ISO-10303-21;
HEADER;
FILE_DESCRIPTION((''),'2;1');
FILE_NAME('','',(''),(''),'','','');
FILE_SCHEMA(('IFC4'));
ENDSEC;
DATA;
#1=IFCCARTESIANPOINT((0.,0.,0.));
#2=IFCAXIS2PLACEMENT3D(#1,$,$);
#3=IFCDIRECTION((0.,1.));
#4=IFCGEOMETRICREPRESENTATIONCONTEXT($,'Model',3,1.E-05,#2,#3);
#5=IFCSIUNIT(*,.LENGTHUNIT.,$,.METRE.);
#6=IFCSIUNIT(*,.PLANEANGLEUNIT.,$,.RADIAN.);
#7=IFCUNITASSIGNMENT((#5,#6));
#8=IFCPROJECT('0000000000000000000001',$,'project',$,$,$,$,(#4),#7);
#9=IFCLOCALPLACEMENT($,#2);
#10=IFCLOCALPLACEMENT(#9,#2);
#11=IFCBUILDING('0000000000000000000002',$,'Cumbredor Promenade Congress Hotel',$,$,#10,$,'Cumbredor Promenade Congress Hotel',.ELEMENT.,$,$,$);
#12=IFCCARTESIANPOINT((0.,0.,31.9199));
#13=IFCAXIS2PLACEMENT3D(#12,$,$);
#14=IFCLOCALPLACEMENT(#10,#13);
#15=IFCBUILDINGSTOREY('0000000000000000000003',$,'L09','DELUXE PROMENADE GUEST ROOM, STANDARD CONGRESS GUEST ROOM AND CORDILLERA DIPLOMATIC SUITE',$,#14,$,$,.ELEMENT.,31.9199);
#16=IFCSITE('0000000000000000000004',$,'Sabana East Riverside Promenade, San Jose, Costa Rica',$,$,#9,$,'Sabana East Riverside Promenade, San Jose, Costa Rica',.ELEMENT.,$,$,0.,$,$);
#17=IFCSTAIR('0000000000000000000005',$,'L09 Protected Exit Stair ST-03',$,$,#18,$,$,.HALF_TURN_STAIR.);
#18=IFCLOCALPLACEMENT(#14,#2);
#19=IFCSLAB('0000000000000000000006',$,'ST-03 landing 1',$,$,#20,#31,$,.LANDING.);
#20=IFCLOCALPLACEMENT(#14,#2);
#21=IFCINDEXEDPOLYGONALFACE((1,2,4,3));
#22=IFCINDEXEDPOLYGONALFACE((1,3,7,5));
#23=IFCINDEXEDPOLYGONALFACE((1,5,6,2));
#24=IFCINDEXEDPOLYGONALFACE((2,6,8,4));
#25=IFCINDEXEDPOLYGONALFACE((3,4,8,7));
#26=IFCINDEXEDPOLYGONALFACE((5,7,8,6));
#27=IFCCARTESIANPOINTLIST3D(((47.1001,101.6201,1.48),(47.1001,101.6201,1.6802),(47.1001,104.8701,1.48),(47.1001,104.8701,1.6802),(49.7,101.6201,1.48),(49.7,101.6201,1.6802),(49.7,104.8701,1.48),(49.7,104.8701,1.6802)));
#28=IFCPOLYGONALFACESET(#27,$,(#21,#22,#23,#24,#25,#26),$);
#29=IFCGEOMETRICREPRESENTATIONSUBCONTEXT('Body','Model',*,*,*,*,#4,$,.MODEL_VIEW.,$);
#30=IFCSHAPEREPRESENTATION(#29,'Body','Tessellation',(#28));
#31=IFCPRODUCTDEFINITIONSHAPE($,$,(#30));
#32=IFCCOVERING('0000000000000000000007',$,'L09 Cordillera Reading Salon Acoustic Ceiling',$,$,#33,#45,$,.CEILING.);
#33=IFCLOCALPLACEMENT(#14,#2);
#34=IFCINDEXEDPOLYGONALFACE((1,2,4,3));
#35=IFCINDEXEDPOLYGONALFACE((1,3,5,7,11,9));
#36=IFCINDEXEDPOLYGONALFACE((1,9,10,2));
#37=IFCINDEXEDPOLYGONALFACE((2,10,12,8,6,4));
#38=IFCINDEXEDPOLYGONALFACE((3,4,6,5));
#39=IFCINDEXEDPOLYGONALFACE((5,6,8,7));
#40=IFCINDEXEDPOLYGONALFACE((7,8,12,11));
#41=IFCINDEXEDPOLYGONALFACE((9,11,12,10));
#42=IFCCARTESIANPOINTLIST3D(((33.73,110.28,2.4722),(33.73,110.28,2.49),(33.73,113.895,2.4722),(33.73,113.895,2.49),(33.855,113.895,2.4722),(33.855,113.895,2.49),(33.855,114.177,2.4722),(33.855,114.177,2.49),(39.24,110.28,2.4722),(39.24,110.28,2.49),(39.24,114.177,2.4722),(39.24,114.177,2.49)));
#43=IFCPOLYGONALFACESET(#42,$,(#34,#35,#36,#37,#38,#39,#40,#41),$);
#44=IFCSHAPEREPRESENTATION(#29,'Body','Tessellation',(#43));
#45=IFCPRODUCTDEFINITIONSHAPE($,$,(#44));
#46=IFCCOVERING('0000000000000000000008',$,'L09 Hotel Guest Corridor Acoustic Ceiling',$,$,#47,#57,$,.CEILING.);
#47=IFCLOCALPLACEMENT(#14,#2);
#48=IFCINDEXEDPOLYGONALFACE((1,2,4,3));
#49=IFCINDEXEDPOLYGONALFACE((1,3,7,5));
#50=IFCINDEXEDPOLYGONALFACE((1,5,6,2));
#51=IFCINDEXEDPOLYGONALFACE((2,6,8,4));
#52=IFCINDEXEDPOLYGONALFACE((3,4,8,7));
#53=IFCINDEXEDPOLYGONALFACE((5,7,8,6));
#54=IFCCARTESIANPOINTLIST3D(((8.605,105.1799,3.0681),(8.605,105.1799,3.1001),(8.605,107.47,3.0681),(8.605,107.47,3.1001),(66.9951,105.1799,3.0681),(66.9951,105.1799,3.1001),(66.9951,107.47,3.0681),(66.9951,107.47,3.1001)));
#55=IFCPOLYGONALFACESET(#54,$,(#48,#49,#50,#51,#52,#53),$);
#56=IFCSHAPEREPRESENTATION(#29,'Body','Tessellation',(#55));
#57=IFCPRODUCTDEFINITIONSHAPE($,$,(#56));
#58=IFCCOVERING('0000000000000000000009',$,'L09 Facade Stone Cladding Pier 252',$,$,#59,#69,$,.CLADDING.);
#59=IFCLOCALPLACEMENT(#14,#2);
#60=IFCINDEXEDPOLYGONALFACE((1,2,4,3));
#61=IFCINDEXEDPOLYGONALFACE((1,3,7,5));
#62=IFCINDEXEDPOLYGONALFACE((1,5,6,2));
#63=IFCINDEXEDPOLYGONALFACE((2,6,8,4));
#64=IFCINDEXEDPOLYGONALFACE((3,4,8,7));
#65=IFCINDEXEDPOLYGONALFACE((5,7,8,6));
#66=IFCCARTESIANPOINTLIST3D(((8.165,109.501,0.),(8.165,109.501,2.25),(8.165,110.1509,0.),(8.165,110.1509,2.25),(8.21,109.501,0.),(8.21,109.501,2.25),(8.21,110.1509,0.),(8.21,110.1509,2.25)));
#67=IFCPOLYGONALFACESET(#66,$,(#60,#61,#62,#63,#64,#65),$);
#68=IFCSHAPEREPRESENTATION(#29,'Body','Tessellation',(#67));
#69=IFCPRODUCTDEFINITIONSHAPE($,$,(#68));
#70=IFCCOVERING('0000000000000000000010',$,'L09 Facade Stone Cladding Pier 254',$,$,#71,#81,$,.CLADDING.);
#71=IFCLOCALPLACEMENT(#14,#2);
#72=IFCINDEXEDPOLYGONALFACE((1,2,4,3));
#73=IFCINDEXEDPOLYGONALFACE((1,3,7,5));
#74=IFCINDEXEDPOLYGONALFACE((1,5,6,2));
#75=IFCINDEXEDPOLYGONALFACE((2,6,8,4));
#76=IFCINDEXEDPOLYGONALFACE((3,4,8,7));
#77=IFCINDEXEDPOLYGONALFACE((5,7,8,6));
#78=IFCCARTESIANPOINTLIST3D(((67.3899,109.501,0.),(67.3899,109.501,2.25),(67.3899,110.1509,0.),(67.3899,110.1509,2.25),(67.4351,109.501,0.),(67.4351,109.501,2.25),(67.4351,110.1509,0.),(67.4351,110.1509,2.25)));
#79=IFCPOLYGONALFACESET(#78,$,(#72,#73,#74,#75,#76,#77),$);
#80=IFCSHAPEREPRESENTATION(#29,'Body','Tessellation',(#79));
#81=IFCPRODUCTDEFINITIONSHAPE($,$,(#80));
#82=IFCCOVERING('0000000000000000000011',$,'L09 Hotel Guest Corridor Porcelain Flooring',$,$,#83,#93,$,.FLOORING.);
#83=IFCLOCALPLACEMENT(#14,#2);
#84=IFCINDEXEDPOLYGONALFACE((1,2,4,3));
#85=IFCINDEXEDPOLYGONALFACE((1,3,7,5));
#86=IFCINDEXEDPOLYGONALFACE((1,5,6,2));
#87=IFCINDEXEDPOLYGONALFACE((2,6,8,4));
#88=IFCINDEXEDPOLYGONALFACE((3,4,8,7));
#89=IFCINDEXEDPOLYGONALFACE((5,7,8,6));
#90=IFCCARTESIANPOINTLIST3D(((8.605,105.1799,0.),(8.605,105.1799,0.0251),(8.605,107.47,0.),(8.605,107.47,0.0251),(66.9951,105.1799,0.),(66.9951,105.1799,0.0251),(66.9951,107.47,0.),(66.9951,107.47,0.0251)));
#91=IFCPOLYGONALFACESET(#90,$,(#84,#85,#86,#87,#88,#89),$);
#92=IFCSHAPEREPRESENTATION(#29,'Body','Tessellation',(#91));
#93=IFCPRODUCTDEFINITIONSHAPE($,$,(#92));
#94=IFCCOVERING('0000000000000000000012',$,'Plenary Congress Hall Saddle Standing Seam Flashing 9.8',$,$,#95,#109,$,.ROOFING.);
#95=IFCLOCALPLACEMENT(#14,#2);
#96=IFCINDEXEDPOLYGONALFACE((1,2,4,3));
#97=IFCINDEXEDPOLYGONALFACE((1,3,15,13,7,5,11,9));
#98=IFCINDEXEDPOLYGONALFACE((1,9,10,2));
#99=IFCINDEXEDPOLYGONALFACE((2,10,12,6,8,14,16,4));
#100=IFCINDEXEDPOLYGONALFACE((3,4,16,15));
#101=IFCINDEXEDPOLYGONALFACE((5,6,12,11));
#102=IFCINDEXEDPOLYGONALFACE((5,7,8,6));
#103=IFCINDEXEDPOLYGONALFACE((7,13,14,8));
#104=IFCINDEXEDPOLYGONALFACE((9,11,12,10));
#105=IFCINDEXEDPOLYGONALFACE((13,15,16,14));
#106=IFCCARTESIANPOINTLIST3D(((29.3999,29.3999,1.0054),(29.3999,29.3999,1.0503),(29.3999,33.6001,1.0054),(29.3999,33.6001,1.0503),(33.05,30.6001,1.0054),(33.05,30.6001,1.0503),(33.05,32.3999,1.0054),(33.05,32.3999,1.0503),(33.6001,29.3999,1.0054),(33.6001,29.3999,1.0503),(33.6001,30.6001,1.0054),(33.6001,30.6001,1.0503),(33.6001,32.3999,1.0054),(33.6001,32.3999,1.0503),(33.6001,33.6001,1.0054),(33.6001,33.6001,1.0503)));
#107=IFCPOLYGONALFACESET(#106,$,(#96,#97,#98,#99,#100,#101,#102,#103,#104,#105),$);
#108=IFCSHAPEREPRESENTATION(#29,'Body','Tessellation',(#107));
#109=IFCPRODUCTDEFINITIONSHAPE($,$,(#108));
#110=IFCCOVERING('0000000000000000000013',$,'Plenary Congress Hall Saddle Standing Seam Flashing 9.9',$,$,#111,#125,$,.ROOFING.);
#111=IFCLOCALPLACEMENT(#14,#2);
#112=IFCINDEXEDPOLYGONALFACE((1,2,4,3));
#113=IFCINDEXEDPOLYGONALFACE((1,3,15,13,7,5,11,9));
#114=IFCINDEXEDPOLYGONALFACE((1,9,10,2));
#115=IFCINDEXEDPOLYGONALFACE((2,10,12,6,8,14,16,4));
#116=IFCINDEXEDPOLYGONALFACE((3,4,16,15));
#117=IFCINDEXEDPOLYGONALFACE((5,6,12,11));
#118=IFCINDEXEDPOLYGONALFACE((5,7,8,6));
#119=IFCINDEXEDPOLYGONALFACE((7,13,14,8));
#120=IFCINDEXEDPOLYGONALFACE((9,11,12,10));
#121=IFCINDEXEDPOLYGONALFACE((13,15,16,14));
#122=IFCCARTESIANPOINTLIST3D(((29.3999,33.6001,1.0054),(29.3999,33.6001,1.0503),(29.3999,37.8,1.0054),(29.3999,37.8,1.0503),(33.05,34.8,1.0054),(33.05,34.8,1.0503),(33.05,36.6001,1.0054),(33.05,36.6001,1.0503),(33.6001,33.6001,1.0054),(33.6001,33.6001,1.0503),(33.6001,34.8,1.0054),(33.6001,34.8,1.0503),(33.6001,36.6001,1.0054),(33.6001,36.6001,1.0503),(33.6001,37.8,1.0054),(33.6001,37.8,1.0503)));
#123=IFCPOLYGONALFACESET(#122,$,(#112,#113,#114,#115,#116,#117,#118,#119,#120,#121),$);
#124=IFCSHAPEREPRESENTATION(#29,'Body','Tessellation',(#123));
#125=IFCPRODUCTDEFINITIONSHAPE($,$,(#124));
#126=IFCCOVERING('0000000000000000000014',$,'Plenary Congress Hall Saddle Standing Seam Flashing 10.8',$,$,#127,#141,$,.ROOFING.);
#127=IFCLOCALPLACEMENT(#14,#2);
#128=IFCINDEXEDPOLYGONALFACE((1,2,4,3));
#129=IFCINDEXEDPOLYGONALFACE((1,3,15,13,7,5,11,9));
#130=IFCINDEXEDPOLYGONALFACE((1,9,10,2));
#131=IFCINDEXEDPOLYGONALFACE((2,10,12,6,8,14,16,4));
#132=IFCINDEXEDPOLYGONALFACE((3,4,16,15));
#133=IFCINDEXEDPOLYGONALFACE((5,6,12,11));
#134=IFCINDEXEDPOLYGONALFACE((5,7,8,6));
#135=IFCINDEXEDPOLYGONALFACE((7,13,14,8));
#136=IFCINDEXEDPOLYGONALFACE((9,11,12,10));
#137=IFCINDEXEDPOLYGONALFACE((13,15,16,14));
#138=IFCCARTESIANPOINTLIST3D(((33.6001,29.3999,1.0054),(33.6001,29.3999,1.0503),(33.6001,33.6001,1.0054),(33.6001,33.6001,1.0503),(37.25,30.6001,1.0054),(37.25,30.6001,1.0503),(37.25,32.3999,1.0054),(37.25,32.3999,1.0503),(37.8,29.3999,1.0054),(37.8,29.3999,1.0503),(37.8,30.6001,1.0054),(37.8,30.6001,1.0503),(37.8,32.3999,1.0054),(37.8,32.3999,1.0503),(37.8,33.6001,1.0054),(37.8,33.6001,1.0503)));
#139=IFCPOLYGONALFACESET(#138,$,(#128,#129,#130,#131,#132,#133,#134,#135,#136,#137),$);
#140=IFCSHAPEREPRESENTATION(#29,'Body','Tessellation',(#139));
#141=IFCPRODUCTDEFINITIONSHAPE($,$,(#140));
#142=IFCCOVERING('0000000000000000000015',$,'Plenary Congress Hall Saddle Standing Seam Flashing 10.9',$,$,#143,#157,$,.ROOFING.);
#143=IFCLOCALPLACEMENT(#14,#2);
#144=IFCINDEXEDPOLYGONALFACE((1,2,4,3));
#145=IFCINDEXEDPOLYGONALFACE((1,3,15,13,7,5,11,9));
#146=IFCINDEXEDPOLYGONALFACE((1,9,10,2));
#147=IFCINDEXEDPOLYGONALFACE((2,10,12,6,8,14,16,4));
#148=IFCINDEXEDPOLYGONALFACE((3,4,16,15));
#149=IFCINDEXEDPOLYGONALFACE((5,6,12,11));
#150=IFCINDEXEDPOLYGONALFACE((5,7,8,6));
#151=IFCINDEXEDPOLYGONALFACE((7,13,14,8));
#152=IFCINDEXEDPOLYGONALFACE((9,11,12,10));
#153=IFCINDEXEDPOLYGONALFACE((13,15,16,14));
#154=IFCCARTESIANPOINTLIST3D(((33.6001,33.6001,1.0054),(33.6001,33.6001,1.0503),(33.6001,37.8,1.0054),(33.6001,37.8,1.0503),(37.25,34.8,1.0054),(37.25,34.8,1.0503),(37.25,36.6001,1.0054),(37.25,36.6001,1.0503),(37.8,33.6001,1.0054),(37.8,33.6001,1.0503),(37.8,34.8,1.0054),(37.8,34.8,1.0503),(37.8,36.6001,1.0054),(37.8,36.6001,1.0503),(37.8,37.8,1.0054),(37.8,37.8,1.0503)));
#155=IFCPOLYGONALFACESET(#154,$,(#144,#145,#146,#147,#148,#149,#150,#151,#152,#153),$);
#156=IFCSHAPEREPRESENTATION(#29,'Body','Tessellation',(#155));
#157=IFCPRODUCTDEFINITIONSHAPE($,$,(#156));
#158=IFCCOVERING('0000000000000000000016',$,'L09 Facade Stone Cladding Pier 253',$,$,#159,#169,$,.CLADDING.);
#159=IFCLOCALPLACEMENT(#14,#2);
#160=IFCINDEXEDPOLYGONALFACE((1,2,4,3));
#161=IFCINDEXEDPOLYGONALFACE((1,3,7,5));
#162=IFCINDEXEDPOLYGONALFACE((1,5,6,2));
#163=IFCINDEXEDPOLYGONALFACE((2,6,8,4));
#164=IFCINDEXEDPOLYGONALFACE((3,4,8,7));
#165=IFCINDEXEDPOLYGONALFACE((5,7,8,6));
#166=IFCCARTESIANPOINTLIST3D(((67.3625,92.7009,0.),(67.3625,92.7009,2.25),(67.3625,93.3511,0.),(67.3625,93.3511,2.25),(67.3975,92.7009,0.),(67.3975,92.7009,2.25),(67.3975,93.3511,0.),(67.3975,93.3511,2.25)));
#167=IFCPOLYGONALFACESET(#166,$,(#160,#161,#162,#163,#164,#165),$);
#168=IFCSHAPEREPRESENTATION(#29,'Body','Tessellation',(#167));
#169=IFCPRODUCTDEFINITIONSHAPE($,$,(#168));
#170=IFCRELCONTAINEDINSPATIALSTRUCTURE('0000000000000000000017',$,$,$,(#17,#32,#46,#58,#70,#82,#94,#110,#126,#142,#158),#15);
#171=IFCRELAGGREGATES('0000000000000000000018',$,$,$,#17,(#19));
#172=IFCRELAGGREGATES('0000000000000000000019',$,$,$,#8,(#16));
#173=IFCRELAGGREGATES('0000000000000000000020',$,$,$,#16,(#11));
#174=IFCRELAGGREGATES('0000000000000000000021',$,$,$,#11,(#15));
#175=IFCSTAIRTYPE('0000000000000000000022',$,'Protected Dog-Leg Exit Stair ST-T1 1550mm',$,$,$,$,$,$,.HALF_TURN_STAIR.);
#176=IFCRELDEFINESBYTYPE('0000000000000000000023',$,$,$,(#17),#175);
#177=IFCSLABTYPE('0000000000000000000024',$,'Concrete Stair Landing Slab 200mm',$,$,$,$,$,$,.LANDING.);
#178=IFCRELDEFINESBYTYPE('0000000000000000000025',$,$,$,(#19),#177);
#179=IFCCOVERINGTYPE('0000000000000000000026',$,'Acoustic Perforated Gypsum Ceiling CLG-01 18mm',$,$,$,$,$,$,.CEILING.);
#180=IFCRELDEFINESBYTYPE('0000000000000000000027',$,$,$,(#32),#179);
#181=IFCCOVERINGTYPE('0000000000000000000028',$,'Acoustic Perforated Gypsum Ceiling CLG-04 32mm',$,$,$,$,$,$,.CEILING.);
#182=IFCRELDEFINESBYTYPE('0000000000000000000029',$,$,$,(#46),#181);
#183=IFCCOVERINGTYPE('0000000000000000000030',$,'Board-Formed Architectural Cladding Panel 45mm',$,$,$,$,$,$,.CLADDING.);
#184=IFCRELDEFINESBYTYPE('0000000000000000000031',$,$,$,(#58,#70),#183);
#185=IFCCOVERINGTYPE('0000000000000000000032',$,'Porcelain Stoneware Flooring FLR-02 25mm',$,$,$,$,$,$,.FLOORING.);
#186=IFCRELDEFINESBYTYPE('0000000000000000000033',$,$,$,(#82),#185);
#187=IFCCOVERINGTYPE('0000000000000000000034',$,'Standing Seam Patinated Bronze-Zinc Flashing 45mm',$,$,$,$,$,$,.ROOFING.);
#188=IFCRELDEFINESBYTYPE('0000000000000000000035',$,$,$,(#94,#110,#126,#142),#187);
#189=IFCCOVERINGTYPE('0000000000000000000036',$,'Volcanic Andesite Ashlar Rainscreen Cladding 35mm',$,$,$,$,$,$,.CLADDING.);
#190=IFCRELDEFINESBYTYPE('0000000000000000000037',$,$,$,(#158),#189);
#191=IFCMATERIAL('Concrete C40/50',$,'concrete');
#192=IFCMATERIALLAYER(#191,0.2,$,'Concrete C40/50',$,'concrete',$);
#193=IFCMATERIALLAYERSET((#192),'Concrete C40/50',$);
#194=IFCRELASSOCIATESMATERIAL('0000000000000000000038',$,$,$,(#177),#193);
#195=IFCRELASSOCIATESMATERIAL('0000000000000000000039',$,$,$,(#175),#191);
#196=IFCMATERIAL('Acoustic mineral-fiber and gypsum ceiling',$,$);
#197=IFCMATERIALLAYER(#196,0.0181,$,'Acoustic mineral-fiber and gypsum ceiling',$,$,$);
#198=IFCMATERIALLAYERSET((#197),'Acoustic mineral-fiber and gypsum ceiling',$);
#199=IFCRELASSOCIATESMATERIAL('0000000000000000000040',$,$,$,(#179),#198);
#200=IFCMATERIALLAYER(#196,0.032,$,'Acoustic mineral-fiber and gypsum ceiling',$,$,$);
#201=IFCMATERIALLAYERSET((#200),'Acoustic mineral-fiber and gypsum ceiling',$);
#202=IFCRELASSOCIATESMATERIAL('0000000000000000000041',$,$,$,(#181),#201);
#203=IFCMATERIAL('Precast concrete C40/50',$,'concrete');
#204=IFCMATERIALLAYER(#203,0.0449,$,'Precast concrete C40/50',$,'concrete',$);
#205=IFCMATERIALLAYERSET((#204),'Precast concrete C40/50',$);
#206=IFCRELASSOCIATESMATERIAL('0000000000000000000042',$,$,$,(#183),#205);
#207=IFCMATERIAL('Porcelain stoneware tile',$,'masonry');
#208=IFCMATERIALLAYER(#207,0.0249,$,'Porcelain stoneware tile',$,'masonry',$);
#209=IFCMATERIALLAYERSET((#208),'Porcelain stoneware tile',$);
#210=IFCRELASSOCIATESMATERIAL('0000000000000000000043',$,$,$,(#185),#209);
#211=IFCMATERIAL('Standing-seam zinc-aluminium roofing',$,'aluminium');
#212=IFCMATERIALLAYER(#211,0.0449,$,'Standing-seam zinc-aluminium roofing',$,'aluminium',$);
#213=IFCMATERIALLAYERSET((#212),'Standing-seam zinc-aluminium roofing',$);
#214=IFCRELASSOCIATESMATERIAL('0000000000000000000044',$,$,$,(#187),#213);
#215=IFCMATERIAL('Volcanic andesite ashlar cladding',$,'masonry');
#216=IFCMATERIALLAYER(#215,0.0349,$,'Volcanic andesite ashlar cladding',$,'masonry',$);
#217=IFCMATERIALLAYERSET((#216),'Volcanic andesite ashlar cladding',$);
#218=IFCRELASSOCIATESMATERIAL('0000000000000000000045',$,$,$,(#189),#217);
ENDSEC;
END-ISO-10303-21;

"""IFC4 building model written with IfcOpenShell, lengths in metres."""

from ifc_helpers import new_model, si_unit, direction, frame, origin, place, context, subcontext, project, spatial, polyline, outline, extrude, material, layer, layer_set, type_object, element, aggregate, save


model = new_model("IFC4")

# Units and contexts
model_context = context("Model", 3, precision=1e-05, world=origin(), true_north=direction((0.0, 1.0)))
body_context = subcontext(model_context, "Body", "Model", "MODEL_VIEW")
ifc_project = project(units=[si_unit("LENGTHUNIT", "METRE"), si_unit("PLANEANGLEUNIT", "RADIAN")], contexts=[model_context])

# Site, building, storey
site_placement = place(None, origin())
site = spatial("IfcSite", under=ifc_project, at=site_placement, Name="Sabana East Riverside Promenade, San Jose, Costa Rica", LongName="Sabana East Riverside Promenade, San Jose, Costa Rica", CompositionType="ELEMENT", RefElevation=0.0)
building_placement = place(site_placement, origin())
building = spatial("IfcBuilding", under=site, at=building_placement, Name="Cumbredor Promenade Congress Hotel", LongName="Cumbredor Promenade Congress Hotel", CompositionType="ELEMENT")
storey_placement = place(building_placement, frame((0.0, 0.0, 31.9199)))
storey = spatial("IfcBuildingStorey", under=building, at=storey_placement, Name="L09", Description="DELUXE PROMENADE GUEST ROOM, STANDARD CONGRESS GUEST ROOM AND CORDILLERA DIPLOMATIC SUITE", CompositionType="ELEMENT", Elevation=31.9199)

# Shared definitions
ifc_material_1 = material(Name="Concrete C40/50", Category="concrete")

# Stair, slab
ifc_layer_1 = layer(ifc_material_1, 0.2, Name="Concrete C40/50", Category="concrete")
ifc_layer_set_1 = layer_set([ifc_layer_1], Name="Concrete C40/50")
slab_type_1 = type_object("IfcSlabType", Name="Concrete Stair Landing Slab 200mm", PredefinedType="LANDING", material=ifc_layer_set_1)
stair_type_1 = type_object("IfcStairType", Name="Protected Dog-Leg Exit Stair ST-T1 1550mm", PredefinedType="HALF_TURN_STAIR", material=ifc_material_1)
stair_1_placement = place(storey_placement, origin())
stair_1 = element("IfcStair", 1, at=stair_1_placement, inside=storey, type_object=stair_type_1, Name="L09 Protected Exit Stair ST-03", PredefinedType="HALF_TURN_STAIR")
slab_1_placement = place(storey_placement, frame((0.0, 0.0, 1.48)))
slab_1 = element("IfcSlab", 2, at=slab_1_placement, type_object=slab_type_1, Name="ST-03 landing 1", PredefinedType="LANDING", context=body_context, shape_type="SweptSolid", body=[
    extrude(outline(polyline([(47.1001, 101.6201), (49.7, 101.6201), (49.7, 104.8701), (47.1001, 104.8701), (47.1001, 101.6201)])), origin(), (0.0, 0.0, 1.0), 0.2002),
])
aggregate(stair_1, [slab_1])

# Coverings
ifc_material_2 = material(Name="Acoustic mineral-fiber and gypsum ceiling")
ifc_layer_2 = layer(ifc_material_2, 0.0181, Name="Acoustic mineral-fiber and gypsum ceiling")
ifc_layer_set_2 = layer_set([ifc_layer_2], Name="Acoustic mineral-fiber and gypsum ceiling")
covering_type_1 = type_object("IfcCoveringType", Name="Acoustic Perforated Gypsum Ceiling CLG-01 18mm", PredefinedType="CEILING", material=ifc_layer_set_2)
covering_1_placement = place(storey_placement, frame((0.0, 0.0, 2.4722)))
element("IfcCovering", 3, at=covering_1_placement, inside=storey, type_object=covering_type_1, Name="L09 Cordillera Reading Salon Acoustic Ceiling", PredefinedType="CEILING", context=body_context, shape_type="SweptSolid", body=[
    extrude(outline(polyline([(39.24, 114.177), (39.24, 110.28), (33.73, 110.28), (33.73, 113.895), (33.855, 113.895), (33.855, 114.177), (39.24, 114.177)])), origin(), (0.0, 0.0, 1.0), 0.0178),
])
ifc_layer_3 = layer(ifc_material_2, 0.032, Name="Acoustic mineral-fiber and gypsum ceiling")
ifc_layer_set_3 = layer_set([ifc_layer_3], Name="Acoustic mineral-fiber and gypsum ceiling")
covering_type_2 = type_object("IfcCoveringType", Name="Acoustic Perforated Gypsum Ceiling CLG-04 32mm", PredefinedType="CEILING", material=ifc_layer_set_3)
covering_2_placement = place(storey_placement, frame((0.0, 0.0, 3.0681)))
element("IfcCovering", 4, at=covering_2_placement, inside=storey, type_object=covering_type_2, Name="L09 Hotel Guest Corridor Acoustic Ceiling", PredefinedType="CEILING", context=body_context, shape_type="SweptSolid", body=[
    extrude(outline(polyline([(66.9951, 105.1799), (66.9951, 107.47), (8.605, 107.47), (8.605, 105.1799), (66.9951, 105.1799)])), origin(), (0.0, 0.0, 1.0), 0.032),
])
ifc_material_3 = material(Name="Precast concrete C40/50", Category="concrete")
ifc_layer_4 = layer(ifc_material_3, 0.0449, Name="Precast concrete C40/50", Category="concrete")
ifc_layer_set_4 = layer_set([ifc_layer_4], Name="Precast concrete C40/50")
covering_type_3 = type_object("IfcCoveringType", Name="Board-Formed Architectural Cladding Panel 45mm", PredefinedType="CLADDING", material=ifc_layer_set_4)
covering_3_placement = place(storey_placement, origin())
element("IfcCovering", 5, at=covering_3_placement, inside=storey, type_object=covering_type_3, Name="L09 Facade Stone Cladding Pier 252", PredefinedType="CLADDING", context=body_context, shape_type="SweptSolid", body=[
    extrude(outline(polyline([(8.21, 109.501), (8.21, 110.1509), (8.165, 110.1509), (8.165, 109.501), (8.21, 109.501)])), origin(), (0.0, 0.0, 1.0), 2.25),
])
covering_4_placement = place(storey_placement, origin())
element("IfcCovering", 6, at=covering_4_placement, inside=storey, type_object=covering_type_3, Name="L09 Facade Stone Cladding Pier 254", PredefinedType="CLADDING", context=body_context, shape_type="SweptSolid", body=[
    extrude(outline(polyline([(67.3899, 109.501), (67.3899, 110.1509), (67.4351, 110.1509), (67.4351, 109.501), (67.3899, 109.501)])), origin(), (0.0, 0.0, 1.0), 2.25),
])
ifc_material_4 = material(Name="Porcelain stoneware tile", Category="masonry")
ifc_layer_5 = layer(ifc_material_4, 0.0249, Name="Porcelain stoneware tile", Category="masonry")
ifc_layer_set_5 = layer_set([ifc_layer_5], Name="Porcelain stoneware tile")
covering_type_4 = type_object("IfcCoveringType", Name="Porcelain Stoneware Flooring FLR-02 25mm", PredefinedType="FLOORING", material=ifc_layer_set_5)
covering_5_placement = place(storey_placement, origin())
element("IfcCovering", 7, at=covering_5_placement, inside=storey, type_object=covering_type_4, Name="L09 Hotel Guest Corridor Porcelain Flooring", PredefinedType="FLOORING", context=body_context, shape_type="SweptSolid", body=[
    extrude(outline(polyline([(66.9951, 105.1799), (66.9951, 107.47), (8.605, 107.47), (8.605, 105.1799), (66.9951, 105.1799)])), origin(), (0.0, 0.0, 1.0), 0.0251),
])
ifc_material_5 = material(Name="Standing-seam zinc-aluminium roofing", Category="aluminium")
ifc_layer_6 = layer(ifc_material_5, 0.0449, Name="Standing-seam zinc-aluminium roofing", Category="aluminium")
ifc_layer_set_6 = layer_set([ifc_layer_6], Name="Standing-seam zinc-aluminium roofing")
covering_type_5 = type_object("IfcCoveringType", Name="Standing Seam Patinated Bronze-Zinc Flashing 45mm", PredefinedType="ROOFING", material=ifc_layer_set_6)
covering_6_placement = place(storey_placement, frame((0.0, 0.0, 1.0054)))
element("IfcCovering", 8, at=covering_6_placement, inside=storey, type_object=covering_type_5, Name="Plenary Congress Hall Saddle Standing Seam Flashing 9.8", PredefinedType="ROOFING", context=body_context, shape_type="SweptSolid", body=[
    extrude(outline(polyline([(29.3999, 29.3999), (33.6001, 29.3999), (33.6001, 30.6001), (33.05, 30.6001), (33.05, 32.3999), (33.6001, 32.3999), (33.6001, 33.6001), (29.3999, 33.6001), (29.3999, 29.3999)])), origin(), (0.0, 0.0, 1.0), 0.0449),
])
covering_7_placement = place(storey_placement, frame((0.0, 0.0, 1.0054)))
element("IfcCovering", 9, at=covering_7_placement, inside=storey, type_object=covering_type_5, Name="Plenary Congress Hall Saddle Standing Seam Flashing 9.9", PredefinedType="ROOFING", context=body_context, shape_type="SweptSolid", body=[
    extrude(outline(polyline([(29.3999, 33.6001), (33.6001, 33.6001), (33.6001, 34.8), (33.05, 34.8), (33.05, 36.6001), (33.6001, 36.6001), (33.6001, 37.8), (29.3999, 37.8), (29.3999, 33.6001)])), origin(), (0.0, 0.0, 1.0), 0.0449),
])
covering_8_placement = place(storey_placement, frame((0.0, 0.0, 1.0054)))
element("IfcCovering", 10, at=covering_8_placement, inside=storey, type_object=covering_type_5, Name="Plenary Congress Hall Saddle Standing Seam Flashing 10.8", PredefinedType="ROOFING", context=body_context, shape_type="SweptSolid", body=[
    extrude(outline(polyline([(33.6001, 29.3999), (37.8, 29.3999), (37.8, 30.6001), (37.25, 30.6001), (37.25, 32.3999), (37.8, 32.3999), (37.8, 33.6001), (33.6001, 33.6001), (33.6001, 29.3999)])), origin(), (0.0, 0.0, 1.0), 0.0449),
])
covering_9_placement = place(storey_placement, frame((0.0, 0.0, 1.0054)))
element("IfcCovering", 11, at=covering_9_placement, inside=storey, type_object=covering_type_5, Name="Plenary Congress Hall Saddle Standing Seam Flashing 10.9", PredefinedType="ROOFING", context=body_context, shape_type="SweptSolid", body=[
    extrude(outline(polyline([(33.6001, 33.6001), (37.8, 33.6001), (37.8, 34.8), (37.25, 34.8), (37.25, 36.6001), (37.8, 36.6001), (37.8, 37.8), (33.6001, 37.8), (33.6001, 33.6001)])), origin(), (0.0, 0.0, 1.0), 0.0449),
])
ifc_material_6 = material(Name="Volcanic andesite ashlar cladding", Category="masonry")
ifc_layer_7 = layer(ifc_material_6, 0.0349, Name="Volcanic andesite ashlar cladding", Category="masonry")
ifc_layer_set_7 = layer_set([ifc_layer_7], Name="Volcanic andesite ashlar cladding")
covering_type_6 = type_object("IfcCoveringType", Name="Volcanic Andesite Ashlar Rainscreen Cladding 35mm", PredefinedType="CLADDING", material=ifc_layer_set_7)
covering_10_placement = place(storey_placement, origin())
element("IfcCovering", 12, at=covering_10_placement, inside=storey, type_object=covering_type_6, Name="L09 Facade Stone Cladding Pier 253", PredefinedType="CLADDING", context=body_context, shape_type="SweptSolid", body=[
    extrude(outline(polyline([(67.3625, 92.7009), (67.3625, 93.3511), (67.3975, 93.3511), (67.3975, 92.7009), (67.3625, 92.7009)])), origin(), (0.0, 0.0, 1.0), 2.25),
])

save(model, "model.ifc")
